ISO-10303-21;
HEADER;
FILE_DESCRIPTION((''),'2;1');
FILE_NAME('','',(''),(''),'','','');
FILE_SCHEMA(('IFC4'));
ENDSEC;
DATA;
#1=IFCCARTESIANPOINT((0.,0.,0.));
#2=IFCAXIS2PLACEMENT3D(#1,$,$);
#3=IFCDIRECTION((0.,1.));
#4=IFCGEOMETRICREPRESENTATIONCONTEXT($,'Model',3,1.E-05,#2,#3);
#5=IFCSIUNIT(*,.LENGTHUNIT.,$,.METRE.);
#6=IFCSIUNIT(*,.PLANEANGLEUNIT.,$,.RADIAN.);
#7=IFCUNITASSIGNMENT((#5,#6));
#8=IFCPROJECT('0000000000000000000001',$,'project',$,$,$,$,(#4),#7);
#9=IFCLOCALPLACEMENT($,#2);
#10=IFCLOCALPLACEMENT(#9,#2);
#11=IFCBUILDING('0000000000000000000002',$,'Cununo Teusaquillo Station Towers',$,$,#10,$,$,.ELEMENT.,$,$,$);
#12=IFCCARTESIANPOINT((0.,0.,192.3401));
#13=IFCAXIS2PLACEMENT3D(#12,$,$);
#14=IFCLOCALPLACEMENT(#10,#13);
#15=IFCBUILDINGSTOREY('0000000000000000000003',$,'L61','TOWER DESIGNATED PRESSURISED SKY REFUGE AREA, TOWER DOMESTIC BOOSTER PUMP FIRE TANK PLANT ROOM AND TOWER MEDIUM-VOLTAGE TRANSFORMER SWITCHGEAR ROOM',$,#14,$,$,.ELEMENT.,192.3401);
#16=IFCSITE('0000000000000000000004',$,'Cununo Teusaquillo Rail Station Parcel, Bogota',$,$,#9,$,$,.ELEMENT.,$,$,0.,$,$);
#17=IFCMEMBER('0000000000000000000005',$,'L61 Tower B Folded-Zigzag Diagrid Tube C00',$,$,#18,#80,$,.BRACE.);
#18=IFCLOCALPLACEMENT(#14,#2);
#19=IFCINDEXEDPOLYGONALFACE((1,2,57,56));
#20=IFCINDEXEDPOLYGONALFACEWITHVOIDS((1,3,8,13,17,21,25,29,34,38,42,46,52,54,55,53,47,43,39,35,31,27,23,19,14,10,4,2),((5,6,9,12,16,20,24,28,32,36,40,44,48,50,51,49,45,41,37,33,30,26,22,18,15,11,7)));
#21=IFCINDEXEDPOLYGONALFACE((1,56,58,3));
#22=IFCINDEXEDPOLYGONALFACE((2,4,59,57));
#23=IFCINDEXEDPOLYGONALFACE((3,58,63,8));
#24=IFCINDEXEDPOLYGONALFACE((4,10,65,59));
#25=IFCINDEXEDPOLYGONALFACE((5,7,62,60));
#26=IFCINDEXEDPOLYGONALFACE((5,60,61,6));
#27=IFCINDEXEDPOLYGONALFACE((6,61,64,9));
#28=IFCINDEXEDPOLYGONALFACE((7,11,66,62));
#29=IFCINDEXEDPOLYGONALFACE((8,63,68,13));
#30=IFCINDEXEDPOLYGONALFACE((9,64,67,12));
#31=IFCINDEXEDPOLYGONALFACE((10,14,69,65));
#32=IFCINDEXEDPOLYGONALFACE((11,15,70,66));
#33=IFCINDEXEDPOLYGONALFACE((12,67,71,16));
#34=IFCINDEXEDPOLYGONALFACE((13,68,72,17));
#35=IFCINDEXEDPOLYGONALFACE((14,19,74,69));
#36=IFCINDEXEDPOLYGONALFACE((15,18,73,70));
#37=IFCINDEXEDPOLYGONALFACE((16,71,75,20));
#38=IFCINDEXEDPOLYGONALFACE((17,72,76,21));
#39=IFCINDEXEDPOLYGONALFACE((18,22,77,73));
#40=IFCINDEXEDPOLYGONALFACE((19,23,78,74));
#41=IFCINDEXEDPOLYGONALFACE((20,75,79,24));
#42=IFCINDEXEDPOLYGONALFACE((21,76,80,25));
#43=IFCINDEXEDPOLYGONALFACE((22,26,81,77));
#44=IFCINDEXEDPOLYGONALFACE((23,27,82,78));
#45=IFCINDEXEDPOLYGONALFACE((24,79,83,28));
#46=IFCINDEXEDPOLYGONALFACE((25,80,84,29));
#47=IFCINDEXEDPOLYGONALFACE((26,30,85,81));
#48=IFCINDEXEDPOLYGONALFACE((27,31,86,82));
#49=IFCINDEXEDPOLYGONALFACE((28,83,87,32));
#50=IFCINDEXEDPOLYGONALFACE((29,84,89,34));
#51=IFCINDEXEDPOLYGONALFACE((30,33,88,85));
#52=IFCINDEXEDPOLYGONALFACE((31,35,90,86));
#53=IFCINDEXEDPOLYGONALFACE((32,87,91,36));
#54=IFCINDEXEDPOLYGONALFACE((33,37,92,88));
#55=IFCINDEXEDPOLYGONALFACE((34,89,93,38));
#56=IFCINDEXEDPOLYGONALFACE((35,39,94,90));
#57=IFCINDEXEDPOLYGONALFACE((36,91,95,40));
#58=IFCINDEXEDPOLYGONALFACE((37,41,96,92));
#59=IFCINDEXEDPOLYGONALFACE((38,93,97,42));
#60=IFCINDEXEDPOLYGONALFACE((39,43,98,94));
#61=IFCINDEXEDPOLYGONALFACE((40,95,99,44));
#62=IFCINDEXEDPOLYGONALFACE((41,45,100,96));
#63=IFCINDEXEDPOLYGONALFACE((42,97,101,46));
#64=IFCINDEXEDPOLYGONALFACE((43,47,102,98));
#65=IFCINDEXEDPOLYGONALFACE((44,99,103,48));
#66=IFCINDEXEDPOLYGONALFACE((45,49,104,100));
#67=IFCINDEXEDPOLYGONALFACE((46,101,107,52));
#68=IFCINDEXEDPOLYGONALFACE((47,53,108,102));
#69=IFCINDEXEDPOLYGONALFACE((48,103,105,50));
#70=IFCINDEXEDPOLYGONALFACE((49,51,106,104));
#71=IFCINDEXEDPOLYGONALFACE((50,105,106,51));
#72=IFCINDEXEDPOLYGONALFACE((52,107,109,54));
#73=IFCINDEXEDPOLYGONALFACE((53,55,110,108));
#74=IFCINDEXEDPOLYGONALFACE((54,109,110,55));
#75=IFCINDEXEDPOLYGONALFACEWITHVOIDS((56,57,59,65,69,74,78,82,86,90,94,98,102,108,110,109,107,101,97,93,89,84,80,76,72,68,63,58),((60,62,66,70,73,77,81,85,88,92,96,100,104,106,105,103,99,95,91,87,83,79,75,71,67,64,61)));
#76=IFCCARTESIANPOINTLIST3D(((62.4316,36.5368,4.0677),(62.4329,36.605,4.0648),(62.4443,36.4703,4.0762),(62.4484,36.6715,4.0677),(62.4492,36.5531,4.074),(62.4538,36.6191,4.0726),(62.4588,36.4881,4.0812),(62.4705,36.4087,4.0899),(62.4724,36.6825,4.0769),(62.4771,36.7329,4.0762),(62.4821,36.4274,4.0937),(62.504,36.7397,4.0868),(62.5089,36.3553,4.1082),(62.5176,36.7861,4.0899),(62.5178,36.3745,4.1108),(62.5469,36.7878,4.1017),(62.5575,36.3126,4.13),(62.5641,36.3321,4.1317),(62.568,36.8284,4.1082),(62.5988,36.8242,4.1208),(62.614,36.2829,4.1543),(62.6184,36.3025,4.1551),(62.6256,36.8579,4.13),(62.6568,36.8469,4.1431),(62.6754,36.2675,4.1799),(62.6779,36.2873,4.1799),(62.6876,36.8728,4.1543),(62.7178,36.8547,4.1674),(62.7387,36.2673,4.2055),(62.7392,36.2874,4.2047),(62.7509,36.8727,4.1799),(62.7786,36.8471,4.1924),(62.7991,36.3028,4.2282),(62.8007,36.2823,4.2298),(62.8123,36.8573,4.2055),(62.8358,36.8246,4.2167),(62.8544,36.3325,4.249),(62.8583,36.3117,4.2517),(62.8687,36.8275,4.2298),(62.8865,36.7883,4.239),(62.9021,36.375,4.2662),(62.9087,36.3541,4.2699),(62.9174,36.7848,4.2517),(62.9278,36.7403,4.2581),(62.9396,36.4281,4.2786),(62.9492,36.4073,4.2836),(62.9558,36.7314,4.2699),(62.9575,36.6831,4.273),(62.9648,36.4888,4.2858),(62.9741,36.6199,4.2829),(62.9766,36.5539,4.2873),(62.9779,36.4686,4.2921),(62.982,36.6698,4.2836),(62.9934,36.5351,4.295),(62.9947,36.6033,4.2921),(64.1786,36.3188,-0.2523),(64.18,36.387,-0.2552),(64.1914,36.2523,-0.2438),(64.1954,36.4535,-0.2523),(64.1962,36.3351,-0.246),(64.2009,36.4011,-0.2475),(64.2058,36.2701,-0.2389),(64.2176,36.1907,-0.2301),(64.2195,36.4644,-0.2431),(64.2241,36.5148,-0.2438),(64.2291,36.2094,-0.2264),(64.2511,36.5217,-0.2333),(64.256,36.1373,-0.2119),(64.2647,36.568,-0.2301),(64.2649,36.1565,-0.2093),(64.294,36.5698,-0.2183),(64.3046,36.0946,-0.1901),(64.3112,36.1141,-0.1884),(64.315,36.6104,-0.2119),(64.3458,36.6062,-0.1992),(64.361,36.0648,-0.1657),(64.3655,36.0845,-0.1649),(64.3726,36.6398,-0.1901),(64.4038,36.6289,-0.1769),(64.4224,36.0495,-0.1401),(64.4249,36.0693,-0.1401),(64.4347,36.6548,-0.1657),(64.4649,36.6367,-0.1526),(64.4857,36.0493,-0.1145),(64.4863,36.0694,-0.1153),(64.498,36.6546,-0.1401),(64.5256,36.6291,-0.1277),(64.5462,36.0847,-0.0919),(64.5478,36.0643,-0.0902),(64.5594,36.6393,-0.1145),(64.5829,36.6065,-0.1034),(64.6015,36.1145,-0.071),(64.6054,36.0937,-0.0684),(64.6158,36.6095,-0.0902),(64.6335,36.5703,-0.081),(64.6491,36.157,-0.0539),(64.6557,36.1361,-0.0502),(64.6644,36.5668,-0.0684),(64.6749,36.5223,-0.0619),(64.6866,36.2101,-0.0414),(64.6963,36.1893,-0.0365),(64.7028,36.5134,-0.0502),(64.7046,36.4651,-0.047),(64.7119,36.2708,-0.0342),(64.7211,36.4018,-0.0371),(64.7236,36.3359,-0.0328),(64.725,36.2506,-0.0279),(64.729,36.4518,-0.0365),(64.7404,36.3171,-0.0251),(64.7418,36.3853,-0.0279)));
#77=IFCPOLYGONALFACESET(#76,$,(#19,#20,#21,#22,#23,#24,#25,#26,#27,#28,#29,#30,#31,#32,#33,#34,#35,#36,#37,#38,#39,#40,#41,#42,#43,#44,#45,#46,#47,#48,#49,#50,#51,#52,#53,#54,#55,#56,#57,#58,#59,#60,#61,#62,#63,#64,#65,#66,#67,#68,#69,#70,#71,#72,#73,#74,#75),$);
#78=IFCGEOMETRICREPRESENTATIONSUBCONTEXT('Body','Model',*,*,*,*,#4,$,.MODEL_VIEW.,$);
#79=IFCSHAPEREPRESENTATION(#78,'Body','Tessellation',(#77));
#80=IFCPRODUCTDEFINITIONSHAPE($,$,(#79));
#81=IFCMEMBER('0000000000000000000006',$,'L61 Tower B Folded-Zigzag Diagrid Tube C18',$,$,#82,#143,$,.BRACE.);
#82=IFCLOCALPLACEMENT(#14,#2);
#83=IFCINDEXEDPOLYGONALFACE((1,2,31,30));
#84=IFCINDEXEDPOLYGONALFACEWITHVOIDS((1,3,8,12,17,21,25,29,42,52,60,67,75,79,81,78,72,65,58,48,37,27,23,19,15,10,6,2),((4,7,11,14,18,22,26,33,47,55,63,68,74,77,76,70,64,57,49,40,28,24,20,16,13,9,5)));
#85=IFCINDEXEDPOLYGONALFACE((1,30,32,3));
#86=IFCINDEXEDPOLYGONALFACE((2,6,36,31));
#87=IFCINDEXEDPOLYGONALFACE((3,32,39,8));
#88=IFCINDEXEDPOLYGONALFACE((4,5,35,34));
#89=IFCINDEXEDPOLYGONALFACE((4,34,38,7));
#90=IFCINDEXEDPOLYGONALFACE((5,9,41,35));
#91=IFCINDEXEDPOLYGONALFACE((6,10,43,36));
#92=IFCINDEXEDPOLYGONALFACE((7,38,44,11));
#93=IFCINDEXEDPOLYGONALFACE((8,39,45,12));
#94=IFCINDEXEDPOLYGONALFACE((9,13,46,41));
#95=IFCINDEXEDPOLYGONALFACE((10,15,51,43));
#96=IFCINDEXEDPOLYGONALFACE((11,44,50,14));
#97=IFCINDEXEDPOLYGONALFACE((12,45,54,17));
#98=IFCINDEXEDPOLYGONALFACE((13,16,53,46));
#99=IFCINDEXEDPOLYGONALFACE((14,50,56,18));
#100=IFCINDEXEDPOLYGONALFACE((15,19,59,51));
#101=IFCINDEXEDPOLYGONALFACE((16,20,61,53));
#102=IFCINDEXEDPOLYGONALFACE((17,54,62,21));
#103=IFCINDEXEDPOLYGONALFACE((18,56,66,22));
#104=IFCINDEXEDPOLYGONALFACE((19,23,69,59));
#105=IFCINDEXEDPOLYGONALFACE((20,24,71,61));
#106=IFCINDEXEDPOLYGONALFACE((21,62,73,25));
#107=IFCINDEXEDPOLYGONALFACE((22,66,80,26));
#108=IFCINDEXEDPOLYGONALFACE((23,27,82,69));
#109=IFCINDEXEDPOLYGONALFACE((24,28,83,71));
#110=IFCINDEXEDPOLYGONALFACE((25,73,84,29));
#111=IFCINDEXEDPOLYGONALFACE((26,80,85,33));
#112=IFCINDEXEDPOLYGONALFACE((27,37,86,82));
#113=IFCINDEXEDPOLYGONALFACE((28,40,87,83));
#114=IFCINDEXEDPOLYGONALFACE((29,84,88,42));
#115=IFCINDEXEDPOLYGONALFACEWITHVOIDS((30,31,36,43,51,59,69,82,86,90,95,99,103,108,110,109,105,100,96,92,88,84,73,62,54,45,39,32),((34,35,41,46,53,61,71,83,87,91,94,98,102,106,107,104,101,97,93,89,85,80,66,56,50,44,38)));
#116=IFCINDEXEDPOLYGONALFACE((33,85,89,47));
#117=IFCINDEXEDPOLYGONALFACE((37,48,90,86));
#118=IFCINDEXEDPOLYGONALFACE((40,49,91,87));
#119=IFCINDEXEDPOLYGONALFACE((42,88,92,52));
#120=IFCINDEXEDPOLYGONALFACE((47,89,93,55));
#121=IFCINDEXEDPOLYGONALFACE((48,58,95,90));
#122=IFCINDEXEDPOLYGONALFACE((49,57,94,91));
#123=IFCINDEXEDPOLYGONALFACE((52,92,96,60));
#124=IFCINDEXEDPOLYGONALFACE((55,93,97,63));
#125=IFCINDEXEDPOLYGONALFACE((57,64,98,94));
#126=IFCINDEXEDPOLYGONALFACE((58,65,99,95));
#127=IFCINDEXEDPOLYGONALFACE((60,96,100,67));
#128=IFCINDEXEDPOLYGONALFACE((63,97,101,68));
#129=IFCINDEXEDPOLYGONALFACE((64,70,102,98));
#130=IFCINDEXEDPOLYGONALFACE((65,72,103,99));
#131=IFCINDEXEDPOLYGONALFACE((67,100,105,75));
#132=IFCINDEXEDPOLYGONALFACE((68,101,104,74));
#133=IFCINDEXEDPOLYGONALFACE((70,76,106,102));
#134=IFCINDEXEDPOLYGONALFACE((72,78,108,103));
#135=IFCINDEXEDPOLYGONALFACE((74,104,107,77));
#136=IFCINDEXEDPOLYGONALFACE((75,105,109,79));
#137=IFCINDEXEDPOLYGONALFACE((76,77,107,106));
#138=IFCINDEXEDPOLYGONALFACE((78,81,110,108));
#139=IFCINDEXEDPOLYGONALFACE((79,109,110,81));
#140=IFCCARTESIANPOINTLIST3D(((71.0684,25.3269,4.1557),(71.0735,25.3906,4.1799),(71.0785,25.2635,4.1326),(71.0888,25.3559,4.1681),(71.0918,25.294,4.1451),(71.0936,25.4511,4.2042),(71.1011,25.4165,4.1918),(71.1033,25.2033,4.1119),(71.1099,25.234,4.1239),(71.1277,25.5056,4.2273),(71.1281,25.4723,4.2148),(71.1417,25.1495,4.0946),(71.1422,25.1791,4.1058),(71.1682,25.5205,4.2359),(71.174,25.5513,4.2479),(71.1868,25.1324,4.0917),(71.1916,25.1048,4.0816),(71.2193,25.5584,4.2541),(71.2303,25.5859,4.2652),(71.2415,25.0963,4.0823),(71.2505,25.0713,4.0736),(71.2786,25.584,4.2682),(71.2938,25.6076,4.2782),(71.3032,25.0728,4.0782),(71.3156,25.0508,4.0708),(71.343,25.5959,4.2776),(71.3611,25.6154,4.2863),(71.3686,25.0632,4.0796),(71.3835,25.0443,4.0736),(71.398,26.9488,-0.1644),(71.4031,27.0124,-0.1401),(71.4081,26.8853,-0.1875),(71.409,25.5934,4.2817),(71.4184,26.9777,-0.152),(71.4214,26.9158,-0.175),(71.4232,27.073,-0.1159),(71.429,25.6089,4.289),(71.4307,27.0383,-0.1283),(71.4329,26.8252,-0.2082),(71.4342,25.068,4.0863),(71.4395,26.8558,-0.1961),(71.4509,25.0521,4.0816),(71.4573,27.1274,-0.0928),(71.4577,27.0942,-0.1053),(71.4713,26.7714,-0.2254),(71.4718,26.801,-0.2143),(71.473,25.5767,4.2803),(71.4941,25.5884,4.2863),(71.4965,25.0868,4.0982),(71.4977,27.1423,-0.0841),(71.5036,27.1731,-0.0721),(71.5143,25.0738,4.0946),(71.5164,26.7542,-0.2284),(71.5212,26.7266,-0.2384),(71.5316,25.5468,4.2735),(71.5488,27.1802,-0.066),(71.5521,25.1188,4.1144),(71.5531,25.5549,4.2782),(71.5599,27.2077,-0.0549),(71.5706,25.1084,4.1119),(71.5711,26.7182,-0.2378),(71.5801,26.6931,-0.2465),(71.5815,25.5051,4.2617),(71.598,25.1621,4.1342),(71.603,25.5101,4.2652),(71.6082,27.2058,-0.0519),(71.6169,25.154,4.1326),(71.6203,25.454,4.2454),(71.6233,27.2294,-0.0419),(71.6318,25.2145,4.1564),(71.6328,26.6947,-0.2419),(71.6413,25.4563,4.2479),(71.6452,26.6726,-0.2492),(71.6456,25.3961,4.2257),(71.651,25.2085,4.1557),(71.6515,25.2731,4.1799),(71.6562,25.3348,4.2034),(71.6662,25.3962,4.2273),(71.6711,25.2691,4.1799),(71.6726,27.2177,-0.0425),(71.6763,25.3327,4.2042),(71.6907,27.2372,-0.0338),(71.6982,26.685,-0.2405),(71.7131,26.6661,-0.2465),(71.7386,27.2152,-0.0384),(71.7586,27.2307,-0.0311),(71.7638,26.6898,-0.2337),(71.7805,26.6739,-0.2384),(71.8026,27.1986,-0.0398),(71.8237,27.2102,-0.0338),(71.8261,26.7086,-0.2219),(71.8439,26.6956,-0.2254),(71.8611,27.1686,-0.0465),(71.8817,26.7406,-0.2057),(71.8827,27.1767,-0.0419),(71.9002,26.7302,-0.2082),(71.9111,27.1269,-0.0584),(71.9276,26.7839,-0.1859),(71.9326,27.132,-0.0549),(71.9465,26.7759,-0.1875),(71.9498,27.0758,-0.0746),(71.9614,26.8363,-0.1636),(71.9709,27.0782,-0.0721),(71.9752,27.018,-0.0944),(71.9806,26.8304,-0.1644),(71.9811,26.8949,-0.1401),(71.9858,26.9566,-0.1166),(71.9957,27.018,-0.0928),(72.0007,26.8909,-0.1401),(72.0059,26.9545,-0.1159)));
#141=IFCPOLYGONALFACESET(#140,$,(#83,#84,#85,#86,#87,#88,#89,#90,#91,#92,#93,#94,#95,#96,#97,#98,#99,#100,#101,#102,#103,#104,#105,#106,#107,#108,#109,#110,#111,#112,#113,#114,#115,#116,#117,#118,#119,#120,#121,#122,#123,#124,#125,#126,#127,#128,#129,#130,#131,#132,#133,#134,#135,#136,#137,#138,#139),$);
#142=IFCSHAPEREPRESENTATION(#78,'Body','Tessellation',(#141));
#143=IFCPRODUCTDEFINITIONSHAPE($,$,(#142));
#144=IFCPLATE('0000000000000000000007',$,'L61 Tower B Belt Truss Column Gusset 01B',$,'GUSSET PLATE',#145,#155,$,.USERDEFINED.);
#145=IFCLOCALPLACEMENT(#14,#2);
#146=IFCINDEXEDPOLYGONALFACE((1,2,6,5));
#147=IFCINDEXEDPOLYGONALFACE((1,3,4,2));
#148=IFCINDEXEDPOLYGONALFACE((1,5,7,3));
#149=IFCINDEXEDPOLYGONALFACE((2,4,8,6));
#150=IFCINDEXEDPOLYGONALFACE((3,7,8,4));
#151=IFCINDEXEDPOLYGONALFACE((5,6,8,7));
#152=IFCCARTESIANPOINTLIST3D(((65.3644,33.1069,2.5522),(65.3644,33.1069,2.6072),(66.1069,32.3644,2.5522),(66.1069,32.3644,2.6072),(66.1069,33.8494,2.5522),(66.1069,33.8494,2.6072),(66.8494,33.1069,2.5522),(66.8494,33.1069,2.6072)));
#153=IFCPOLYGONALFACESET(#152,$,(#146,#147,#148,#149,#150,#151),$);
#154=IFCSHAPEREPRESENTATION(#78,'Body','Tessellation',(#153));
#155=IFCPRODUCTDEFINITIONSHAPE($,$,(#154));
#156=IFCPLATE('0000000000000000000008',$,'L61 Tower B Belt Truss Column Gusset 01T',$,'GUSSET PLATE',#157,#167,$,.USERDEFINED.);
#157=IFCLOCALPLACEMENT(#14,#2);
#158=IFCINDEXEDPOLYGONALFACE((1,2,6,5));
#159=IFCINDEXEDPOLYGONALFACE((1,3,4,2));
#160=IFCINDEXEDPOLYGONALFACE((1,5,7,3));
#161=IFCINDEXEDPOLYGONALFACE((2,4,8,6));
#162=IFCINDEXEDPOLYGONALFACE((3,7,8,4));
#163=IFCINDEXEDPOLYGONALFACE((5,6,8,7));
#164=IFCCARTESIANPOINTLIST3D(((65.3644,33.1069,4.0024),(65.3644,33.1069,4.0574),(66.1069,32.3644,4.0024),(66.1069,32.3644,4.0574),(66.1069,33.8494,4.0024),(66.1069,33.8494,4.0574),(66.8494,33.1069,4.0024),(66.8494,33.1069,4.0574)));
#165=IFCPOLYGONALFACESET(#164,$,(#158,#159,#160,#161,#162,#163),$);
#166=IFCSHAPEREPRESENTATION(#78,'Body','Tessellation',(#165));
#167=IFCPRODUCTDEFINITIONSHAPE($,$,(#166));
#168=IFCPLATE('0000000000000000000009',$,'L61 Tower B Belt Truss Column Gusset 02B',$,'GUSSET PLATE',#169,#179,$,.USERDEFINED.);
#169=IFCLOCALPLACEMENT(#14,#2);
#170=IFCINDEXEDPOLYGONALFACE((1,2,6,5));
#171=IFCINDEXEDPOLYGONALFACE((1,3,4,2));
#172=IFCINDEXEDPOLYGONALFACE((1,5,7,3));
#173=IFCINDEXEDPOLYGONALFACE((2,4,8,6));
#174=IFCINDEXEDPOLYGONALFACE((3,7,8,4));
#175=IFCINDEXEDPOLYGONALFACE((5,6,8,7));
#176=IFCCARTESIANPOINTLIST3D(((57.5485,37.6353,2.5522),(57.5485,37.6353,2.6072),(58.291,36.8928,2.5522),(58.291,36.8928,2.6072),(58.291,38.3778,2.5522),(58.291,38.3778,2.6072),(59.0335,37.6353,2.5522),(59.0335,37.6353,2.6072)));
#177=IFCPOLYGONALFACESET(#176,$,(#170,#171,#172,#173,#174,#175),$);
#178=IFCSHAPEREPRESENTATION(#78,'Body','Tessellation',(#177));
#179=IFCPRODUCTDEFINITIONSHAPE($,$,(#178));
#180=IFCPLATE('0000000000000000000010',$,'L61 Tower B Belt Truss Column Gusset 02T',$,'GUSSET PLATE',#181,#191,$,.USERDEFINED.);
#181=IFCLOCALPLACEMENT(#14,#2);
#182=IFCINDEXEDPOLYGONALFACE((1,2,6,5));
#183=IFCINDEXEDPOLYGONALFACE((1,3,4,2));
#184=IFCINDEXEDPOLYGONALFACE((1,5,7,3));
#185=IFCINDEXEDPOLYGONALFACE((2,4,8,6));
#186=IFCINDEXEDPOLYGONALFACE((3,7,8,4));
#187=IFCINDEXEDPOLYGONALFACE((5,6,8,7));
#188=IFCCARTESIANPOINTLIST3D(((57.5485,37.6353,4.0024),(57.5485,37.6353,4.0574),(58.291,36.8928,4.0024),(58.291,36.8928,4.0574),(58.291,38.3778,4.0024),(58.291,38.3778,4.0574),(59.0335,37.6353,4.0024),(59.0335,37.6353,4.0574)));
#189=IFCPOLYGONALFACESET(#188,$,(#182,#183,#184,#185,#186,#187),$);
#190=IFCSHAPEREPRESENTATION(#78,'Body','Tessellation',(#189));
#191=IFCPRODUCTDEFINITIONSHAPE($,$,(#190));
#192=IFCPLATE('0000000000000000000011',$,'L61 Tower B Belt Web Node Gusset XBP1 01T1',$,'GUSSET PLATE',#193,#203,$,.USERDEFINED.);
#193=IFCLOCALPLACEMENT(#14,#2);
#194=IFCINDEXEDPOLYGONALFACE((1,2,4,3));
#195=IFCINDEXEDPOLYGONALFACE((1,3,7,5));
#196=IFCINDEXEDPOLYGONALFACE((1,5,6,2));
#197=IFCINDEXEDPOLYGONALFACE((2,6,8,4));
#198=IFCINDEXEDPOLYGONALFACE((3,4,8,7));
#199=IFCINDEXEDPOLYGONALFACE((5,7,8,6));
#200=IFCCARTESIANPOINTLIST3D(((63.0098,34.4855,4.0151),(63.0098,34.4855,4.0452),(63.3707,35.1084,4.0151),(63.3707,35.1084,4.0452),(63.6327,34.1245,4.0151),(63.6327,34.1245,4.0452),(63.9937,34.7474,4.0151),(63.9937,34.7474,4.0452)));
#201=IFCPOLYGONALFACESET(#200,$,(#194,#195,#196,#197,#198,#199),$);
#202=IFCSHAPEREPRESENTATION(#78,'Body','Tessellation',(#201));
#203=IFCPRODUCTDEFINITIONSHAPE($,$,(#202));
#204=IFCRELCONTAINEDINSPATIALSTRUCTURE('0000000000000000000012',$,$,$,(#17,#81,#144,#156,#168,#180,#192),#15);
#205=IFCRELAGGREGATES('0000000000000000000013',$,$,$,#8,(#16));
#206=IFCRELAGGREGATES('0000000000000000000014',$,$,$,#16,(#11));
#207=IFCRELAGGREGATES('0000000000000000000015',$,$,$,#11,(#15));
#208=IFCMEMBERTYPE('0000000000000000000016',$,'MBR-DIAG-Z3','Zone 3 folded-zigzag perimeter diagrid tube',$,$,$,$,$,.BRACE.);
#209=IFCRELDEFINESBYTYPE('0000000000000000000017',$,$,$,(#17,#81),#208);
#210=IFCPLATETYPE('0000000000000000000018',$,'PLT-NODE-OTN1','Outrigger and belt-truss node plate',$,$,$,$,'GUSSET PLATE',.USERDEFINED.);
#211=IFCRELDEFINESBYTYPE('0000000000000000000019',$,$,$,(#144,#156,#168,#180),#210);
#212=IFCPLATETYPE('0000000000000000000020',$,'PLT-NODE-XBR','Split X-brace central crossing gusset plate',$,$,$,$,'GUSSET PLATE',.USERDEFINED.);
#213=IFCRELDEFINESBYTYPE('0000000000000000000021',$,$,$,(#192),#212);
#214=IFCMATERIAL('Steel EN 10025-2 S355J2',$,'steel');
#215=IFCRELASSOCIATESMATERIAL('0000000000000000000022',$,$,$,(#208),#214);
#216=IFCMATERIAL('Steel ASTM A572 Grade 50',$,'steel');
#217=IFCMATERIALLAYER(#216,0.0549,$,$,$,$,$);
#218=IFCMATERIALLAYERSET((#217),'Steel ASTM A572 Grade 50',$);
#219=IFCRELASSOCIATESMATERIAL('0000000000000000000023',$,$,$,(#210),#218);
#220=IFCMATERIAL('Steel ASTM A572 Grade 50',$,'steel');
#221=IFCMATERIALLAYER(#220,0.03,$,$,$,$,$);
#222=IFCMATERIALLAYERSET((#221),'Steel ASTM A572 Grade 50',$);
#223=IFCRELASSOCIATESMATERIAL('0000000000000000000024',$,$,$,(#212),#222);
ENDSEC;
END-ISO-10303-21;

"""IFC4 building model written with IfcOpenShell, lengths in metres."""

from ifc_helpers import new_model, si_unit, direction, frame, origin, origin_2d, place, context, subcontext, project, spatial, rectangle, hollow_circle, extrude, source, transform, mapped, material, layer, layer_set, material_profile, profile_set, type_object, element, save


model = new_model("IFC4")

# Units and contexts
model_context = context("Model", 3, precision=1e-05, world=origin(), true_north=direction((0.0, 1.0)))
body_context = subcontext(model_context, "Body", "Model", "MODEL_VIEW")
ifc_project = project(units=[si_unit("LENGTHUNIT", "METRE"), si_unit("PLANEANGLEUNIT", "RADIAN")], contexts=[model_context])

# Site, building, storey
site_placement = place(None, origin())
site = spatial("IfcSite", under=ifc_project, at=site_placement, Name="Cununo Teusaquillo Rail Station Parcel, Bogota", CompositionType="ELEMENT", RefElevation=0.0)
building_placement = place(site_placement, origin())
building = spatial("IfcBuilding", under=site, at=building_placement, Name="Cununo Teusaquillo Station Towers", CompositionType="ELEMENT")
storey_placement = place(building_placement, frame((0.0, 0.0, 192.3401)))
storey = spatial("IfcBuildingStorey", under=building, at=storey_placement, Name="L61", Description="TOWER DESIGNATED PRESSURISED SKY REFUGE AREA, TOWER DOMESTIC BOOSTER PUMP FIRE TANK PLANT ROOM AND TOWER MEDIUM-VOLTAGE TRANSFORMER SWITCHGEAR ROOM", CompositionType="ELEMENT", Elevation=192.3401)

# Members
ifc_material_1 = material(Name="Steel EN 10025-2 S355J2", Category="steel")
ifc_material_profile_1 = material_profile(ifc_material_1, hollow_circle(Radius=0.3049, WallThickness=0.02, at=origin_2d()), Name="CHS 610x20")
ifc_profile_set_1 = profile_set([ifc_material_profile_1], Name="Steel EN 10025-2 S355J2")
member_type_1 = type_object("IfcMemberType", Name="MBR-DIAG-Z3", Description="Zone 3 folded-zigzag perimeter diagrid tube", PredefinedType="BRACE", material=ifc_profile_set_1)
member_1_placement = place(storey_placement, frame((64.4602, 36.3521, -0.1401), z_axis=(-0.374501, 0.046734, 0.926048), x_axis=(-0.12383, -0.992303, 0.0)))
element("IfcMember", 1, at=member_1_placement, inside=storey, type_object=member_type_1, Name="L61 Tower B Folded-Zigzag Diagrid Tube C00", PredefinedType="BRACE", context=body_context, shape_type="SweptSolid", body=[
    extrude(hollow_circle(Radius=0.3049, WallThickness=0.02, at=origin_2d()), origin(), (0.0, 0.0, 1.0), 4.665),
])
member_2_placement = place(storey_placement, frame((71.7019, 26.9517, -0.1401), z_axis=(-0.071244, -0.350572, 0.933822), x_axis=(0.979969, -0.199151, 0.0)))
element("IfcMember", 2, at=member_2_placement, inside=storey, type_object=member_type_1, Name="L61 Tower B Folded-Zigzag Diagrid Tube C18", PredefinedType="BRACE", context=body_context, shape_type="SweptSolid", body=[
    extrude(hollow_circle(Radius=0.3049, WallThickness=0.02, at=origin_2d()), origin(), (0.0, 0.0, 1.0), 4.6262),
])

# Plates
ifc_material_2 = material(Name="Steel ASTM A572 Grade 50", Category="steel")
ifc_layer_1 = layer(ifc_material_2, 0.0549)
ifc_layer_set_1 = layer_set([ifc_layer_1], Name="Steel ASTM A572 Grade 50")
plate_type_1 = type_object("IfcPlateType", Name="PLT-NODE-OTN1", Description="Outrigger and belt-truss node plate", ElementType="GUSSET PLATE", PredefinedType="USERDEFINED", material=ifc_layer_set_1)
shared_shape_1 = source(origin(), body_context, "Body", "SweptSolid", [
    extrude(rectangle(XDim=1.05, YDim=1.05, at=origin_2d()), origin(), (0.0, 0.0, 1.0), 0.0549),
])
for number, where, z_axis, x_axis, name in (
    (3, (66.1069, 33.1069, 2.5522), (0.0, 0.0, 1.0), (0.707107, 0.707107, 0.0), "L61 Tower B Belt Truss Column Gusset 01B"),
    (4, (66.1069, 33.1069, 4.0024), (0.0, 0.0, 1.0), (0.707107, 0.707107, 0.0), "L61 Tower B Belt Truss Column Gusset 01T"),
    (5, (58.291, 37.6353, 2.5522), (0.0, 0.0, 1.0), (0.707107, 0.707107, 0.0), "L61 Tower B Belt Truss Column Gusset 02B"),
    (6, (58.291, 37.6353, 4.0024), (0.0, 0.0, 1.0), (0.707107, 0.707107, 0.0), "L61 Tower B Belt Truss Column Gusset 02T"),
):
    element("IfcPlate", number, at=place(storey_placement, frame(where, z_axis=z_axis, x_axis=x_axis)), inside=storey, type_object=plate_type_1, Name=name, ObjectType="GUSSET PLATE", PredefinedType="USERDEFINED", context=body_context, shape_type="MappedRepresentation", body=[
        mapped(shared_shape_1, transform((0.0, 0.0, 0.0), x_axis=(1.0, 0.0, 0.0), y_axis=(0.0, 1.0, 0.0), z_axis=(0.0, 0.0, 1.0), scale=1.0)),
    ])
ifc_material_3 = material(Name="Steel ASTM A572 Grade 50", Category="steel")
ifc_layer_2 = layer(ifc_material_3, 0.03)
ifc_layer_set_2 = layer_set([ifc_layer_2], Name="Steel ASTM A572 Grade 50")
plate_type_2 = type_object("IfcPlateType", Name="PLT-NODE-XBR", Description="Split X-brace central crossing gusset plate", ElementType="GUSSET PLATE", PredefinedType="USERDEFINED", material=ifc_layer_set_2)
shared_shape_2 = source(origin(), body_context, "Body", "SweptSolid", [
    extrude(rectangle(XDim=0.72, YDim=0.72, at=origin_2d()), origin(), (0.0, 0.0, 1.0), 0.03),
])
for number, where, z_axis, x_axis, name in (
    (7, (63.5017, 34.6165, 4.0151), (0.0, 0.0, 1.0), (-0.865239, 0.50136, 0.0), "L61 Tower B Belt Web Node Gusset XBP1 01T1"),
):
    element("IfcPlate", number, at=place(storey_placement, frame(where, z_axis=z_axis, x_axis=x_axis)), inside=storey, type_object=plate_type_2, Name=name, ObjectType="GUSSET PLATE", PredefinedType="USERDEFINED", context=body_context, shape_type="MappedRepresentation", body=[
        mapped(shared_shape_2, transform((0.0, 0.0, 0.0), x_axis=(1.0, 0.0, 0.0), y_axis=(0.0, 1.0, 0.0), z_axis=(0.0, 0.0, 1.0), scale=1.0)),
    ])

save(model, "model.ifc")
